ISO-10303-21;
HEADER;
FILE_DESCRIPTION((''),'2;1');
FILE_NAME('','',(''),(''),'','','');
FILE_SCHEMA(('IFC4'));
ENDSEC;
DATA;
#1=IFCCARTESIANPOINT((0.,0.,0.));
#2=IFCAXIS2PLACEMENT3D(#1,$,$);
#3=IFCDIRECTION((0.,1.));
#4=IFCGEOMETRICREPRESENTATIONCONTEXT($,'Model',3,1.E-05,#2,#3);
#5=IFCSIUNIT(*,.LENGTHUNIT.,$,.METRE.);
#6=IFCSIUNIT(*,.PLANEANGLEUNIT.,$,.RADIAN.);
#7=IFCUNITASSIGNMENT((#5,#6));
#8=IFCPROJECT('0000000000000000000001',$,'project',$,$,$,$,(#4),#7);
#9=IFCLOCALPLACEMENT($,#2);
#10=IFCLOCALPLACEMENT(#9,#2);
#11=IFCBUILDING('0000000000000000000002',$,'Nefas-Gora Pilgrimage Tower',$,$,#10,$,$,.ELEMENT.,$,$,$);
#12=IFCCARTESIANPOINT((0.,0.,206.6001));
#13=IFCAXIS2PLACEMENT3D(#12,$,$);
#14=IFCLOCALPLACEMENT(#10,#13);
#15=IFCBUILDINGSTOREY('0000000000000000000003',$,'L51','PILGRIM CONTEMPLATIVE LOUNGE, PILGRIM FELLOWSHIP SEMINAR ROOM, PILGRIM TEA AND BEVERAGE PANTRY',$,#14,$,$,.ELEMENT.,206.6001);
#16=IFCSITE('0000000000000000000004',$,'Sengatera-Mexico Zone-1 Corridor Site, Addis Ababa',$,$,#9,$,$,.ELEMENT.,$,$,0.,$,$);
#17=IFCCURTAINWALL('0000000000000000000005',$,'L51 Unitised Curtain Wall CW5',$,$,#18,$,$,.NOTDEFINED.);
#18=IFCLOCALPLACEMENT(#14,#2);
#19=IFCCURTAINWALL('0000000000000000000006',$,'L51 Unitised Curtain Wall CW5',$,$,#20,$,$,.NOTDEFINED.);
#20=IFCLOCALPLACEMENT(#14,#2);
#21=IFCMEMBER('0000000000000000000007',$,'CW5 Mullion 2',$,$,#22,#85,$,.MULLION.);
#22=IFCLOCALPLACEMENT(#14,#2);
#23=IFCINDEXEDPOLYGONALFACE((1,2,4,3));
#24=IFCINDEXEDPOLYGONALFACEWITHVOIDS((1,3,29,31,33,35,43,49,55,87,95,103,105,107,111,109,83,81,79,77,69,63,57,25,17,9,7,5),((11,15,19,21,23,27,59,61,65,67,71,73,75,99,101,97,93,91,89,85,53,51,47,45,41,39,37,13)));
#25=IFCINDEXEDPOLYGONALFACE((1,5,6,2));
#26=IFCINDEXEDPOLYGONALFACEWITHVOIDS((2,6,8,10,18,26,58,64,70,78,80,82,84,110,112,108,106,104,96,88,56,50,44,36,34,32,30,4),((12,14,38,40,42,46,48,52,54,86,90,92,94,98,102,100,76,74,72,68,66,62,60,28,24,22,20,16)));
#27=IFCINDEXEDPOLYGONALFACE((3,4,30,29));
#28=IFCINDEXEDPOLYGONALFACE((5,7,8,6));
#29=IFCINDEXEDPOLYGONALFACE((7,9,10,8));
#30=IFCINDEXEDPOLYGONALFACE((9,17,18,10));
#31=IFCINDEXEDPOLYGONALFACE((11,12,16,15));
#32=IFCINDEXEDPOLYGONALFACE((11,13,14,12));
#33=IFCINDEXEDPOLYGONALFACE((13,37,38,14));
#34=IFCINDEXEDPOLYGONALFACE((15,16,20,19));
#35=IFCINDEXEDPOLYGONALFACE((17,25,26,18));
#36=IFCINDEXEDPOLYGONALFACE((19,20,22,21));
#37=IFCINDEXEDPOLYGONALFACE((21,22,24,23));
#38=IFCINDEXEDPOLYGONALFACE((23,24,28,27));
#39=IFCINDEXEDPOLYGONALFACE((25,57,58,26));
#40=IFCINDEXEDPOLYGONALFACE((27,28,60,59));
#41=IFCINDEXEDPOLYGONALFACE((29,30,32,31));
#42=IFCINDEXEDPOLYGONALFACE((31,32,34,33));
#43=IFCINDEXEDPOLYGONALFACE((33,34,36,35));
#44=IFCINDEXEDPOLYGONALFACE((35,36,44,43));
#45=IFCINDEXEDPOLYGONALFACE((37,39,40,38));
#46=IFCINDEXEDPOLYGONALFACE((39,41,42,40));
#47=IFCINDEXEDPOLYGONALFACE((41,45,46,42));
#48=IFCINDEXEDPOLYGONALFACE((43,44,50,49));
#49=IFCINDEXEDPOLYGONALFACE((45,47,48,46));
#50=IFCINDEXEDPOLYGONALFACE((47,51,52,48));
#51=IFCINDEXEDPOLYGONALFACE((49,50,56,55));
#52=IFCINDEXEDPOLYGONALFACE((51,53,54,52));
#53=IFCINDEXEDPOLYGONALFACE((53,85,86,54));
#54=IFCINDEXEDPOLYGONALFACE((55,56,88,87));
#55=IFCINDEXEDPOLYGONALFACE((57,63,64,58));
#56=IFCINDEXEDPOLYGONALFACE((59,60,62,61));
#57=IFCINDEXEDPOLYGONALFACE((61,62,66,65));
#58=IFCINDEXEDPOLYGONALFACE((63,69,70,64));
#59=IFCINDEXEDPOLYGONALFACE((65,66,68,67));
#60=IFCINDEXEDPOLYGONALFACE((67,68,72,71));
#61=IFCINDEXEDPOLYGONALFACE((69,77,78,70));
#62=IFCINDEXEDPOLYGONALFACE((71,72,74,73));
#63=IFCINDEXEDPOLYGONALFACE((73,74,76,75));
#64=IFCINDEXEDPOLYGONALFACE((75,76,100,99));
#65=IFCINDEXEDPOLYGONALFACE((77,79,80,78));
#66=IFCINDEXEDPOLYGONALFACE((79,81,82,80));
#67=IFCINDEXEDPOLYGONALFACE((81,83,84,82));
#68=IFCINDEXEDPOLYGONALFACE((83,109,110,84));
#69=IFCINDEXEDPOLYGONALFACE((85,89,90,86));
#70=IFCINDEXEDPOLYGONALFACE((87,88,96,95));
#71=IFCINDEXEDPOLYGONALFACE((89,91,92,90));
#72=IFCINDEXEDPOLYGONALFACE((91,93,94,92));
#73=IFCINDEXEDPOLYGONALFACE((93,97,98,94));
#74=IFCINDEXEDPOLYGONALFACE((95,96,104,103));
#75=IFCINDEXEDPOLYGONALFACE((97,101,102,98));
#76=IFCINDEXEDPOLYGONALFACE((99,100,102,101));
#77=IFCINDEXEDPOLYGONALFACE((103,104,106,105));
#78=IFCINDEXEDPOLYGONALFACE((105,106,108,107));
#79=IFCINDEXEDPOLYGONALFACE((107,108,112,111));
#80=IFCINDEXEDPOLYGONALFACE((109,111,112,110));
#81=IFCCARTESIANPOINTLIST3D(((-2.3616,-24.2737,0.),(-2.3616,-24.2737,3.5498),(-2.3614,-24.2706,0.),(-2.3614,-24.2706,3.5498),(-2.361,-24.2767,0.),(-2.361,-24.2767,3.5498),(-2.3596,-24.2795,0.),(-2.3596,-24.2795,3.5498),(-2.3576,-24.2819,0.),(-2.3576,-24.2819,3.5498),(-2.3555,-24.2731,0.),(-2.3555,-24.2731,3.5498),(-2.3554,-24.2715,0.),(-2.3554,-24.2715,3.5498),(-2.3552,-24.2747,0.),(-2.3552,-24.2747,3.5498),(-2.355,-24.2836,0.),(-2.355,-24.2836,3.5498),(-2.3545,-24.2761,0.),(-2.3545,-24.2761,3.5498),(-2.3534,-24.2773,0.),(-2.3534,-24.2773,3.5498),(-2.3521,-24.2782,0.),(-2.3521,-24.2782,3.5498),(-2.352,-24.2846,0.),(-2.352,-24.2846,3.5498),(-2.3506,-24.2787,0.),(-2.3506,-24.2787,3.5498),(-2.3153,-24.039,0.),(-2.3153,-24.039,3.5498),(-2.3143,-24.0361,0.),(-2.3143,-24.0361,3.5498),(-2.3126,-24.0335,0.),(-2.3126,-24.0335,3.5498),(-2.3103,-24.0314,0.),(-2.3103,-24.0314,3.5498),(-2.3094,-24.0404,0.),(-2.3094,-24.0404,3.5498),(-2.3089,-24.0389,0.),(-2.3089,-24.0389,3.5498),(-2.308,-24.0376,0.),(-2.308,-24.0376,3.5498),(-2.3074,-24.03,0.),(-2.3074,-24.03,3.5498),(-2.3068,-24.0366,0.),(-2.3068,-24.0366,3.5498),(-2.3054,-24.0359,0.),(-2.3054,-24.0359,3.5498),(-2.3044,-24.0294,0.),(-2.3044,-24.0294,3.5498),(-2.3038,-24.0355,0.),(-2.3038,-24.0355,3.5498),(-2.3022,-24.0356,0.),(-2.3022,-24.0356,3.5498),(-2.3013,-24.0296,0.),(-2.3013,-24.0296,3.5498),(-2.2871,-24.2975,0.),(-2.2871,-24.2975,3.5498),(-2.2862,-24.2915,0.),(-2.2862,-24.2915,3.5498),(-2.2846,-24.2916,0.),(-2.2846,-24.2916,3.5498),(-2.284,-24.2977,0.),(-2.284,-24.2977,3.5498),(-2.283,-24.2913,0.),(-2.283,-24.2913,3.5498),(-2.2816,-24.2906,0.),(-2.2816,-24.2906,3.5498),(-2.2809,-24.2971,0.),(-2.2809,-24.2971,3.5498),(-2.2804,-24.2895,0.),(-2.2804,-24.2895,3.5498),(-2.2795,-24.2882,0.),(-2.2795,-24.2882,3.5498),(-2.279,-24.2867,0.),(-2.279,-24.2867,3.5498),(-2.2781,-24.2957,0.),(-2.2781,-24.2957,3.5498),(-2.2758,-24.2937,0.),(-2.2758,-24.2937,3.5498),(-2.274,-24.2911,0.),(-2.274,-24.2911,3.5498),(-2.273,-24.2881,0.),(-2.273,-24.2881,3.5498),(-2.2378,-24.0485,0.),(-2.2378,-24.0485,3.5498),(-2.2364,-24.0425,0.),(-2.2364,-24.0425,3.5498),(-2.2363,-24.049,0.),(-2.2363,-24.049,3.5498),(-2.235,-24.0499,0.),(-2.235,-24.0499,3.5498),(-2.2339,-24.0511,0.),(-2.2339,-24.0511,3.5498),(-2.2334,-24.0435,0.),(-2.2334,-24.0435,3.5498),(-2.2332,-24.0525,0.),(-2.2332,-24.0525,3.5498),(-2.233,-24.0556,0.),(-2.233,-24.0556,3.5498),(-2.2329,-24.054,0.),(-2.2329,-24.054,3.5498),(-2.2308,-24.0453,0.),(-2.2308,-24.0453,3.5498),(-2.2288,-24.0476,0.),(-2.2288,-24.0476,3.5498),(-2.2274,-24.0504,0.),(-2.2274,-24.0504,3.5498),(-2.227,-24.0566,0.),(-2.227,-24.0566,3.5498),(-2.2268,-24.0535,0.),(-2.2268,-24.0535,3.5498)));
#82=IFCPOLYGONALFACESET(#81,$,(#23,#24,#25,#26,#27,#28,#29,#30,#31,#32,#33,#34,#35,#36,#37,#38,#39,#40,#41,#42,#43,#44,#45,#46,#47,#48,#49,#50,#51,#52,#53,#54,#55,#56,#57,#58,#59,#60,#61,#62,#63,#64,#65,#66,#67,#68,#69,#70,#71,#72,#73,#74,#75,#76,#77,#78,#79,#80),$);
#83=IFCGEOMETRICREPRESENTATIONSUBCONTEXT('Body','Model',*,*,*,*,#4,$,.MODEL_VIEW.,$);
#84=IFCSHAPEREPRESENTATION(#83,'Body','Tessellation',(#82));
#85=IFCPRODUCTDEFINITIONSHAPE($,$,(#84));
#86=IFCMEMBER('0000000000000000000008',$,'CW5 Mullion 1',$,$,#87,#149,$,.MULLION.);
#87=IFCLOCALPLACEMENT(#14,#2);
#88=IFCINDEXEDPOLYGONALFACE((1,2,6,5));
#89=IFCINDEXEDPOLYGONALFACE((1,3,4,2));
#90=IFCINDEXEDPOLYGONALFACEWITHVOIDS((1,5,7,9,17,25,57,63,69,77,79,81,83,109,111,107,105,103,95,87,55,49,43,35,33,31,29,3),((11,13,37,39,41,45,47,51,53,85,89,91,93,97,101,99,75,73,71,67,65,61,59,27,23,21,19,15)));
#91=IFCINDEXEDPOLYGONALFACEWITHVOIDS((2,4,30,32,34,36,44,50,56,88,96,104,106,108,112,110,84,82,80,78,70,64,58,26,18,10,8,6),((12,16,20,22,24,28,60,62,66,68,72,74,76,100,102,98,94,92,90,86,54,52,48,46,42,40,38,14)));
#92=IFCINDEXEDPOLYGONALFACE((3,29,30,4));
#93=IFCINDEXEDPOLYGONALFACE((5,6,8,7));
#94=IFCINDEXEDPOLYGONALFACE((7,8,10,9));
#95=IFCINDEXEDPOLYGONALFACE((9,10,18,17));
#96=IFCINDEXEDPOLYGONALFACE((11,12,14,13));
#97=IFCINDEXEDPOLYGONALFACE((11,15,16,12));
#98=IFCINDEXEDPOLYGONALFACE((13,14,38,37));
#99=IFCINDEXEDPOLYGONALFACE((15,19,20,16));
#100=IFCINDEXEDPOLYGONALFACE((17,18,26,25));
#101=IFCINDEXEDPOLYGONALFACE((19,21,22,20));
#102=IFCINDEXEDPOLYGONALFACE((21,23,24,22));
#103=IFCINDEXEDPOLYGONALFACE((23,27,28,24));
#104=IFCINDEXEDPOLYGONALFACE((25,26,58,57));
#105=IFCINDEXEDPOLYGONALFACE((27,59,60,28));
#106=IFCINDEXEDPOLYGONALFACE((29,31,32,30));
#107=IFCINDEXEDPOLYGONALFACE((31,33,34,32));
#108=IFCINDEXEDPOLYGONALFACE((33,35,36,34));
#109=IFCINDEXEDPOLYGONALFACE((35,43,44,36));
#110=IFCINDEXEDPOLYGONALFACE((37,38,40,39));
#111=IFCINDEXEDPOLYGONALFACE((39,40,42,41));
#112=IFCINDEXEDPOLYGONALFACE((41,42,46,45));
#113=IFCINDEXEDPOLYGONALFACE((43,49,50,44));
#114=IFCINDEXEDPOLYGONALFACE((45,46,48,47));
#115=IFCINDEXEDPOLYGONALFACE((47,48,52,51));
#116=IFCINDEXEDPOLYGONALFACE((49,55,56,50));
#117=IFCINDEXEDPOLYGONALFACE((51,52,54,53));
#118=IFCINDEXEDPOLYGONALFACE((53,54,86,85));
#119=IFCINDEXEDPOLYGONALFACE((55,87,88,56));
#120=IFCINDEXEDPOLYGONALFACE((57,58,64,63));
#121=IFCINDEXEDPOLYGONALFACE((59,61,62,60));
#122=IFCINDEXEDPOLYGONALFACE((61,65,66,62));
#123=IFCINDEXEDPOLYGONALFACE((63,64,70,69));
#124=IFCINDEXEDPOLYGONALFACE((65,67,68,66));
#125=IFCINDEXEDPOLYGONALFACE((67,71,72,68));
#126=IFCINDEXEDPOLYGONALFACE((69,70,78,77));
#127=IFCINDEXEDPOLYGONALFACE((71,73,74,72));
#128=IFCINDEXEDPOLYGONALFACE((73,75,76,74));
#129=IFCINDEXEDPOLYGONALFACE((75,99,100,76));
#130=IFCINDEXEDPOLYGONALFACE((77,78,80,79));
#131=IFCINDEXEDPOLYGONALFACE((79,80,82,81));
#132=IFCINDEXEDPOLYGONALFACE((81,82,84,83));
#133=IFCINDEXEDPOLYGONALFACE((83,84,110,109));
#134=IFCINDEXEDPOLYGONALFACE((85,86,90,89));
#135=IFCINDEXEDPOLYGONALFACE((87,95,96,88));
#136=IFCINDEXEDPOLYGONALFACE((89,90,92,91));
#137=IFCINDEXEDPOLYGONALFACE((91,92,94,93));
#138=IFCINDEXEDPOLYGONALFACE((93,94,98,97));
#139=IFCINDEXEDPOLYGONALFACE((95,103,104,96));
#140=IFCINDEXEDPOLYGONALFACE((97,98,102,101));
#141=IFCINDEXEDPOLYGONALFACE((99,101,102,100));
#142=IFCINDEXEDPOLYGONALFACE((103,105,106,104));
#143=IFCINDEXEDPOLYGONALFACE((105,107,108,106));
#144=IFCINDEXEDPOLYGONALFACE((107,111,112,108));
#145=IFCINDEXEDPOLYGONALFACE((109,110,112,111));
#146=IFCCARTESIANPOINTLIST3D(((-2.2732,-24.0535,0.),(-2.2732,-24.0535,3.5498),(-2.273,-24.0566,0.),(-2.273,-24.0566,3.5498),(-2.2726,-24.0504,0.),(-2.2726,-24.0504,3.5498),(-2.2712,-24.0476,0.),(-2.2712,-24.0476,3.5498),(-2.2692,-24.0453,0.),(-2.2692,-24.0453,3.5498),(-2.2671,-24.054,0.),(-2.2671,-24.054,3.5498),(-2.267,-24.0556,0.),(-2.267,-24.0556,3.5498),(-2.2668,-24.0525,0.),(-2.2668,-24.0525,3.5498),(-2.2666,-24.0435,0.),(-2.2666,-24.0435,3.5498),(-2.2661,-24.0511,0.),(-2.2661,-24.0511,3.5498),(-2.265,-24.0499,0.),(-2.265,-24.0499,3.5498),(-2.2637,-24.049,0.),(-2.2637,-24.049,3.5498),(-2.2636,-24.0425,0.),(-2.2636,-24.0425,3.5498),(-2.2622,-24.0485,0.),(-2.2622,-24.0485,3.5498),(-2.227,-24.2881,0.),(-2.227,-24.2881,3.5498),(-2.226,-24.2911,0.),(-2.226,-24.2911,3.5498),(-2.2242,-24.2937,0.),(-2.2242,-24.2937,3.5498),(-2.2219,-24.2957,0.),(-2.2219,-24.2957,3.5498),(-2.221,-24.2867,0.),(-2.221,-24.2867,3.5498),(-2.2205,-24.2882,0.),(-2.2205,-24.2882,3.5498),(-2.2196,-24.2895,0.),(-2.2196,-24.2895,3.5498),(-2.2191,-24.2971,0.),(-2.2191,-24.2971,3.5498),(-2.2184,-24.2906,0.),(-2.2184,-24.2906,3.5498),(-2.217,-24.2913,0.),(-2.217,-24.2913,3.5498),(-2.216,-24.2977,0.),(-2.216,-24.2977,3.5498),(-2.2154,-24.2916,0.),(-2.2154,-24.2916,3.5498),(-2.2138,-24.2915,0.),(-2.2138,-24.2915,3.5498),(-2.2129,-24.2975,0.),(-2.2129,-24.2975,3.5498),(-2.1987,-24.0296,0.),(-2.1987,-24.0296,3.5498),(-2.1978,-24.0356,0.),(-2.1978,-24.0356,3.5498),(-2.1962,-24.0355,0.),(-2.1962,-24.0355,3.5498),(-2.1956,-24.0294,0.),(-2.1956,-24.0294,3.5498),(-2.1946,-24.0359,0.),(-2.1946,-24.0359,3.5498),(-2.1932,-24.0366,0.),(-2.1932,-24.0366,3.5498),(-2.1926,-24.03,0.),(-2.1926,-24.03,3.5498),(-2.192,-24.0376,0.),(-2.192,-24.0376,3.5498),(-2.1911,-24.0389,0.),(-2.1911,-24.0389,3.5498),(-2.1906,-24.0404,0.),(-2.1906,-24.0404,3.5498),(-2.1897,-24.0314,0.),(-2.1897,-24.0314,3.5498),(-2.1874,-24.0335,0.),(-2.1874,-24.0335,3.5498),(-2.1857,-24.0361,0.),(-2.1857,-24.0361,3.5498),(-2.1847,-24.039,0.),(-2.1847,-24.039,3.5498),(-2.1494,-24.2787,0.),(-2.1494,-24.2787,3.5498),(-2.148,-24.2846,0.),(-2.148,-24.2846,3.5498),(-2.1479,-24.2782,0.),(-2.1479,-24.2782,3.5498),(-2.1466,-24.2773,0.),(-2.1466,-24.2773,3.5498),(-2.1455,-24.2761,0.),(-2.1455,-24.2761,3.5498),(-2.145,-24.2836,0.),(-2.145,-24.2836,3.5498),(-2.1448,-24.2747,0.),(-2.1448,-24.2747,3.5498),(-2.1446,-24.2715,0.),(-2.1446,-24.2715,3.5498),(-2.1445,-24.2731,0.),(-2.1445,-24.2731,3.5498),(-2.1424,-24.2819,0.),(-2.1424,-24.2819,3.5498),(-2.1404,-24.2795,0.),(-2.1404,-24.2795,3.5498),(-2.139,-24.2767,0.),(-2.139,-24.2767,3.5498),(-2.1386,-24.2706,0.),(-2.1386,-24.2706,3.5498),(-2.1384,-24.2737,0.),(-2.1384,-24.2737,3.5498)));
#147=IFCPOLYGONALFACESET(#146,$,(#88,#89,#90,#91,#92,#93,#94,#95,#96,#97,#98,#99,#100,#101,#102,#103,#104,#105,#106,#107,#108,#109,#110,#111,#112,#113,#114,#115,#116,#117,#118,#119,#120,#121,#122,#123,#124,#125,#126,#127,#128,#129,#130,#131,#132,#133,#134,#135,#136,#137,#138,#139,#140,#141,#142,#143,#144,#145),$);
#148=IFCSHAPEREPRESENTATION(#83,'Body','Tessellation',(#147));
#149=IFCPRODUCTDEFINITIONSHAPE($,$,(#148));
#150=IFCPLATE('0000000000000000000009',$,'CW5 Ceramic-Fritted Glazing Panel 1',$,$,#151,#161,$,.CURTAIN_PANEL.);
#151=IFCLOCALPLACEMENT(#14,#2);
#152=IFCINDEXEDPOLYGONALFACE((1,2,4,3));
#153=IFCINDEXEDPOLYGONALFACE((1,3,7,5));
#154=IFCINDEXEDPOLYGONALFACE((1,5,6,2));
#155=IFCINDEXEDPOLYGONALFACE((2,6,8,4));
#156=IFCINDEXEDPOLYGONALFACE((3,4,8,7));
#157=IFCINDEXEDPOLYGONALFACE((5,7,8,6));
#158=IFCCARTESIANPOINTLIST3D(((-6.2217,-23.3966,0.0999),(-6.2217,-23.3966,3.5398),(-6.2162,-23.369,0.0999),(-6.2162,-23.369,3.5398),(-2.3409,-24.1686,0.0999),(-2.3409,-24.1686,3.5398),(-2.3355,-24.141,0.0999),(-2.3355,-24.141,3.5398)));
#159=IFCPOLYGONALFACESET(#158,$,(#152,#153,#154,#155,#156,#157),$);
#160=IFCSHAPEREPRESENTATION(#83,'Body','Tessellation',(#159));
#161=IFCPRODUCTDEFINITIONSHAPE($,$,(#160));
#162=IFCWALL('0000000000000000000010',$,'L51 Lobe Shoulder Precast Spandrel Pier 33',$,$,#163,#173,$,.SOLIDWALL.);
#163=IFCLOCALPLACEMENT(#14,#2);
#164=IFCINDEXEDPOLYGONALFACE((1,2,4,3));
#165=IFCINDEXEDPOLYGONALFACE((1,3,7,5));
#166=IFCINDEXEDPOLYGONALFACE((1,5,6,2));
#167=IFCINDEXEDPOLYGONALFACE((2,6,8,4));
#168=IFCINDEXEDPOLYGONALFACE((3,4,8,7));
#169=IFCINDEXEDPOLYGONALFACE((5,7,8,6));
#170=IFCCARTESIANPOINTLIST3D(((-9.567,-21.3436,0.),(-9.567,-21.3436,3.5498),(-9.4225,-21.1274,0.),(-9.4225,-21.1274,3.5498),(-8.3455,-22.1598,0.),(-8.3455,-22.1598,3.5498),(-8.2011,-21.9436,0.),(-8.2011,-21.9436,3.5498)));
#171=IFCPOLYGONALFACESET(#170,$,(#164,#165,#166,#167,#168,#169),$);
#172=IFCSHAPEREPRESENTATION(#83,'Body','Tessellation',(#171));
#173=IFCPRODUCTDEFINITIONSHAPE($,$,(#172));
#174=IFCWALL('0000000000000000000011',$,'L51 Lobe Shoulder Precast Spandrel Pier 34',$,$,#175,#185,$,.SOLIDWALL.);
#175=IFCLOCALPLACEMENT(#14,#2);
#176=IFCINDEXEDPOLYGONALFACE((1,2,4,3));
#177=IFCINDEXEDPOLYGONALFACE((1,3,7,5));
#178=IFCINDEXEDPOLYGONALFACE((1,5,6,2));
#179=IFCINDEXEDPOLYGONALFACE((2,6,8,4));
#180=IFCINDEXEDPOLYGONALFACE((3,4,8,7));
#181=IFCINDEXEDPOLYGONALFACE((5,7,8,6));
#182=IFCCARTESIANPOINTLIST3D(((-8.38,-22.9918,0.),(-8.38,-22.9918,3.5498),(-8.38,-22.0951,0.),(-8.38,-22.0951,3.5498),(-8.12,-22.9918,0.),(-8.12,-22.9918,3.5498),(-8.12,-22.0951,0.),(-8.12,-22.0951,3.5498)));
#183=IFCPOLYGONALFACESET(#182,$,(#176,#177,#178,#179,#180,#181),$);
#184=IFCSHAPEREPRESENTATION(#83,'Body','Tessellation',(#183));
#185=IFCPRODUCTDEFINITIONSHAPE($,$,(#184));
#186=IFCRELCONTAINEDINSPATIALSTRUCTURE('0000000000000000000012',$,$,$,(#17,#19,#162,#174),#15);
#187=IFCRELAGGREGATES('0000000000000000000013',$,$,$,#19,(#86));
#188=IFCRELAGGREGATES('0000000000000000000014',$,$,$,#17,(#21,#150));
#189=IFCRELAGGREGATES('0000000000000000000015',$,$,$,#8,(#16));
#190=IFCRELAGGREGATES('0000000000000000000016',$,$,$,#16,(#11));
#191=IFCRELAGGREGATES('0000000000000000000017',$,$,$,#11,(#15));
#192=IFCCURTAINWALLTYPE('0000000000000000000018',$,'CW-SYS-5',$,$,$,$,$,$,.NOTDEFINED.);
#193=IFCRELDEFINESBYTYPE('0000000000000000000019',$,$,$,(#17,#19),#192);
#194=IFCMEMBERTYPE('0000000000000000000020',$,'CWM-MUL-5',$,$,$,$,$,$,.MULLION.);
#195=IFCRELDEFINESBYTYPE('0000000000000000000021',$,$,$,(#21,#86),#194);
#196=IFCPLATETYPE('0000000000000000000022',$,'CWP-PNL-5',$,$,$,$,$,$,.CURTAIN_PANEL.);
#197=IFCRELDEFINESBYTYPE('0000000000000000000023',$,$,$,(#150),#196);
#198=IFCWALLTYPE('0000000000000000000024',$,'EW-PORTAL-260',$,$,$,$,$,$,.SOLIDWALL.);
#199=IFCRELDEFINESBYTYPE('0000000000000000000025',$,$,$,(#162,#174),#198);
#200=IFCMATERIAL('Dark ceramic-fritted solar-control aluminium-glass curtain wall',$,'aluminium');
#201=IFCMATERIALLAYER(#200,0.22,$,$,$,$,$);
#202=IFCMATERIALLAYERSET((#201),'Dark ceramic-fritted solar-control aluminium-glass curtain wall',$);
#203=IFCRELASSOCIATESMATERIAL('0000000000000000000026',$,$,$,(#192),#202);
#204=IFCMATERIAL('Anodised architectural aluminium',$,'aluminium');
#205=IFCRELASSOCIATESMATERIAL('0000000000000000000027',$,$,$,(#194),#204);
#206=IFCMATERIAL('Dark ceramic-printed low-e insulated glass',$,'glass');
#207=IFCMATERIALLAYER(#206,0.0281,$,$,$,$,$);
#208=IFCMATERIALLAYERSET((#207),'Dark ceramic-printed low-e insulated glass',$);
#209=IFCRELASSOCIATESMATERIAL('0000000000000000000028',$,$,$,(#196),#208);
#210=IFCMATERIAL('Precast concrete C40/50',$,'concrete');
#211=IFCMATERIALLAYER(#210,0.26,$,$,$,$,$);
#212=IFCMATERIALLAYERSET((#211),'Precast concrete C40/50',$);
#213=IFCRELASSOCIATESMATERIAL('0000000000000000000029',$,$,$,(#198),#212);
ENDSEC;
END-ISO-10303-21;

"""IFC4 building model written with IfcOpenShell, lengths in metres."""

from ifc_helpers import new_model, si_unit, direction, frame, frame_2d, origin, origin_2d, place, context, subcontext, project, spatial, rectangle, hollow_rectangle, extrude, source, transform, mapped, material, layer, layer_set, material_profile, profile_set, type_object, element, aggregate, save


model = new_model("IFC4")

# Units and contexts
model_context = context("Model", 3, precision=1e-05, world=origin(), true_north=direction((0.0, 1.0)))
body_context = subcontext(model_context, "Body", "Model", "MODEL_VIEW")
ifc_project = project(units=[si_unit("LENGTHUNIT", "METRE"), si_unit("PLANEANGLEUNIT", "RADIAN")], contexts=[model_context])

# Site, building, storey
site_placement = place(None, origin())
site = spatial("IfcSite", under=ifc_project, at=site_placement, Name="Sengatera-Mexico Zone-1 Corridor Site, Addis Ababa", CompositionType="ELEMENT", RefElevation=0.0)
building_placement = place(site_placement, origin())
building = spatial("IfcBuilding", under=site, at=building_placement, Name="Nefas-Gora Pilgrimage Tower", CompositionType="ELEMENT")
storey_placement = place(building_placement, frame((0.0, 0.0, 206.6001)))
storey = spatial("IfcBuildingStorey", under=building, at=storey_placement, Name="L51", Description="PILGRIM CONTEMPLATIVE LOUNGE, PILGRIM FELLOWSHIP SEMINAR ROOM, PILGRIM TEA AND BEVERAGE PANTRY", CompositionType="ELEMENT", Elevation=206.6001)

# Curtain walls
ifc_material_1 = material(Name="Dark ceramic-fritted solar-control aluminium-glass curtain wall", Category="aluminium")
ifc_layer_1 = layer(ifc_material_1, 0.22)
ifc_layer_set_1 = layer_set([ifc_layer_1], Name="Dark ceramic-fritted solar-control aluminium-glass curtain wall")
curtain_wall_type = type_object("IfcCurtainWallType", Name="CW-SYS-5", PredefinedType="NOTDEFINED", material=ifc_layer_set_1)
curtain_wall_1_placement = place(storey_placement, origin())
curtain_wall_1 = element("IfcCurtainWall", 1, at=curtain_wall_1_placement, inside=storey, type_object=curtain_wall_type, Name="L51 Unitised Curtain Wall CW5", PredefinedType="NOTDEFINED")
ifc_material_2 = material(Name="Anodised architectural aluminium", Category="aluminium")
curtain_wall_2_placement = place(storey_placement, origin())
curtain_wall_2 = element("IfcCurtainWall", 2, at=curtain_wall_2_placement, inside=storey, type_object=curtain_wall_type, Name="L51 Unitised Curtain Wall CW5", PredefinedType="NOTDEFINED")
ifc_material_profile_1 = material_profile(ifc_material_2, hollow_rectangle(XDim=0.0901, YDim=0.26, WallThickness=0.0061, InnerFilletRadius=0.0061, OuterFilletRadius=0.012, at=origin_2d()), Name="ALU MULLION 90x260")
ifc_profile_set_1 = profile_set([ifc_material_profile_1], Name="Anodised architectural aluminium")
member_type_1 = type_object("IfcMemberType", Name="CWM-MUL-5", PredefinedType="MULLION", material=ifc_profile_set_1)
shared_shape_1 = source(origin(), body_context, "Body", "SweptSolid", [
    extrude(hollow_rectangle(XDim=0.0901, YDim=0.26, WallThickness=0.0061, InnerFilletRadius=0.0061, OuterFilletRadius=0.012, at=origin_2d()), origin(), (0.0, 0.0, 1.0), 3.5498),
])

# Members
member_1_placement = place(storey_placement, frame((-2.2942, -24.1636, 0.0), z_axis=(0.0, 0.0, 1.0), x_axis=(0.980783, -0.195102, 0.0)))
member_1 = element("IfcMember", 3, at=member_1_placement, type_object=member_type_1, Name="CW5 Mullion 2", PredefinedType="MULLION", context=body_context, shape_type="MappedRepresentation", body=[
    mapped(shared_shape_1, transform((0.0, 0.0, 0.0), x_axis=(1.0, 0.0, 0.0), y_axis=(0.0, 1.0, 0.0), z_axis=(0.0, 0.0, 1.0), scale=1.0)),
])
member_2_placement = place(storey_placement, frame((-2.2058, -24.1636, 0.0), z_axis=(0.0, 0.0, 1.0), x_axis=(0.980783, 0.195102, 0.0)))
member_2 = element("IfcMember", 4, at=member_2_placement, type_object=member_type_1, Name="CW5 Mullion 1", PredefinedType="MULLION", context=body_context, shape_type="MappedRepresentation", body=[
    mapped(shared_shape_1, transform((0.0, 0.0, 0.0), x_axis=(1.0, 0.0, 0.0), y_axis=(0.0, 1.0, 0.0), z_axis=(0.0, 0.0, 1.0), scale=1.0)),
])
aggregate(curtain_wall_2, [member_2])

# Plate
ifc_material_3 = material(Name="Dark ceramic-printed low-e insulated glass", Category="glass")
ifc_layer_2 = layer(ifc_material_3, 0.0281)
ifc_layer_set_2 = layer_set([ifc_layer_2], Name="Dark ceramic-printed low-e insulated glass")
plate_type = type_object("IfcPlateType", Name="CWP-PNL-5", PredefinedType="CURTAIN_PANEL", material=ifc_layer_set_2)
shared_shape_2 = source(origin(), body_context, "Body", "SweptSolid", [
    extrude(rectangle(XDim=3.9568, YDim=0.0281, at=origin_2d()), origin(), (0.0, 0.0, 1.0), 3.4399),
])
plate_placement = place(storey_placement, frame((-4.2786, -23.7688, 0.0999), z_axis=(0.0, 0.0, 1.0), x_axis=(0.980783, -0.195102, 0.0)))
plate = element("IfcPlate", 5, at=plate_placement, type_object=plate_type, Name="CW5 Ceramic-Fritted Glazing Panel 1", PredefinedType="CURTAIN_PANEL", context=body_context, shape_type="MappedRepresentation", body=[
    mapped(shared_shape_2, transform((0.0, 0.0, 0.0), x_axis=(1.0, 0.0, 0.0), y_axis=(0.0, 1.0, 0.0), z_axis=(0.0, 0.0, 1.0), scale=1.0)),
])
aggregate(curtain_wall_1, [member_1, plate])

# Walls
ifc_material_4 = material(Name="Precast concrete C40/50", Category="concrete")
ifc_layer_3 = layer(ifc_material_4, 0.26)
ifc_layer_set_3 = layer_set([ifc_layer_3], Name="Precast concrete C40/50")
wall_type_1 = type_object("IfcWallType", Name="EW-PORTAL-260", PredefinedType="SOLIDWALL", material=ifc_layer_set_3)
shared_shape_3 = source(origin(), body_context, "Body", "SweptSolid", [
    extrude(rectangle(XDim=1.469, YDim=0.26, at=frame_2d((0.7344, 0.0))), origin(), (0.0, 0.0, 1.0), 3.5498),
])
wall_1_placement = place(storey_placement, frame((-9.4946, -21.2356, 0.0), z_axis=(0.0, 0.0, 1.0), x_axis=(0.831462, -0.555582, 0.0)))
element("IfcWall", 6, at=wall_1_placement, inside=storey, type_object=wall_type_1, Name="L51 Lobe Shoulder Precast Spandrel Pier 33", PredefinedType="SOLIDWALL", context=body_context, shape_type="MappedRepresentation", body=[
    mapped(shared_shape_3, transform((0.0, 0.0, 0.0), x_axis=(1.0, 0.0, 0.0), y_axis=(0.0, 1.0, 0.0), z_axis=(0.0, 0.0, 1.0), scale=1.0)),
])
shared_shape_4 = source(origin(), body_context, "Body", "SweptSolid", [
    extrude(rectangle(XDim=0.8967, YDim=0.26, at=frame_2d((0.4482, 0.0))), origin(), (0.0, 0.0, 1.0), 3.5498),
])
wall_2_placement = place(storey_placement, frame((-8.25, -22.0952, 0.0), z_axis=(0.0, 0.0, 1.0), x_axis=(0.0, -1.0, 0.0)))
element("IfcWall", 7, at=wall_2_placement, inside=storey, type_object=wall_type_1, Name="L51 Lobe Shoulder Precast Spandrel Pier 34", PredefinedType="SOLIDWALL", context=body_context, shape_type="MappedRepresentation", body=[
    mapped(shared_shape_4, transform((0.0, 0.0, 0.0), x_axis=(1.0, 0.0, 0.0), y_axis=(0.0, 1.0, 0.0), z_axis=(0.0, 0.0, 1.0), scale=1.0)),
])

save(model, "model.ifc")
